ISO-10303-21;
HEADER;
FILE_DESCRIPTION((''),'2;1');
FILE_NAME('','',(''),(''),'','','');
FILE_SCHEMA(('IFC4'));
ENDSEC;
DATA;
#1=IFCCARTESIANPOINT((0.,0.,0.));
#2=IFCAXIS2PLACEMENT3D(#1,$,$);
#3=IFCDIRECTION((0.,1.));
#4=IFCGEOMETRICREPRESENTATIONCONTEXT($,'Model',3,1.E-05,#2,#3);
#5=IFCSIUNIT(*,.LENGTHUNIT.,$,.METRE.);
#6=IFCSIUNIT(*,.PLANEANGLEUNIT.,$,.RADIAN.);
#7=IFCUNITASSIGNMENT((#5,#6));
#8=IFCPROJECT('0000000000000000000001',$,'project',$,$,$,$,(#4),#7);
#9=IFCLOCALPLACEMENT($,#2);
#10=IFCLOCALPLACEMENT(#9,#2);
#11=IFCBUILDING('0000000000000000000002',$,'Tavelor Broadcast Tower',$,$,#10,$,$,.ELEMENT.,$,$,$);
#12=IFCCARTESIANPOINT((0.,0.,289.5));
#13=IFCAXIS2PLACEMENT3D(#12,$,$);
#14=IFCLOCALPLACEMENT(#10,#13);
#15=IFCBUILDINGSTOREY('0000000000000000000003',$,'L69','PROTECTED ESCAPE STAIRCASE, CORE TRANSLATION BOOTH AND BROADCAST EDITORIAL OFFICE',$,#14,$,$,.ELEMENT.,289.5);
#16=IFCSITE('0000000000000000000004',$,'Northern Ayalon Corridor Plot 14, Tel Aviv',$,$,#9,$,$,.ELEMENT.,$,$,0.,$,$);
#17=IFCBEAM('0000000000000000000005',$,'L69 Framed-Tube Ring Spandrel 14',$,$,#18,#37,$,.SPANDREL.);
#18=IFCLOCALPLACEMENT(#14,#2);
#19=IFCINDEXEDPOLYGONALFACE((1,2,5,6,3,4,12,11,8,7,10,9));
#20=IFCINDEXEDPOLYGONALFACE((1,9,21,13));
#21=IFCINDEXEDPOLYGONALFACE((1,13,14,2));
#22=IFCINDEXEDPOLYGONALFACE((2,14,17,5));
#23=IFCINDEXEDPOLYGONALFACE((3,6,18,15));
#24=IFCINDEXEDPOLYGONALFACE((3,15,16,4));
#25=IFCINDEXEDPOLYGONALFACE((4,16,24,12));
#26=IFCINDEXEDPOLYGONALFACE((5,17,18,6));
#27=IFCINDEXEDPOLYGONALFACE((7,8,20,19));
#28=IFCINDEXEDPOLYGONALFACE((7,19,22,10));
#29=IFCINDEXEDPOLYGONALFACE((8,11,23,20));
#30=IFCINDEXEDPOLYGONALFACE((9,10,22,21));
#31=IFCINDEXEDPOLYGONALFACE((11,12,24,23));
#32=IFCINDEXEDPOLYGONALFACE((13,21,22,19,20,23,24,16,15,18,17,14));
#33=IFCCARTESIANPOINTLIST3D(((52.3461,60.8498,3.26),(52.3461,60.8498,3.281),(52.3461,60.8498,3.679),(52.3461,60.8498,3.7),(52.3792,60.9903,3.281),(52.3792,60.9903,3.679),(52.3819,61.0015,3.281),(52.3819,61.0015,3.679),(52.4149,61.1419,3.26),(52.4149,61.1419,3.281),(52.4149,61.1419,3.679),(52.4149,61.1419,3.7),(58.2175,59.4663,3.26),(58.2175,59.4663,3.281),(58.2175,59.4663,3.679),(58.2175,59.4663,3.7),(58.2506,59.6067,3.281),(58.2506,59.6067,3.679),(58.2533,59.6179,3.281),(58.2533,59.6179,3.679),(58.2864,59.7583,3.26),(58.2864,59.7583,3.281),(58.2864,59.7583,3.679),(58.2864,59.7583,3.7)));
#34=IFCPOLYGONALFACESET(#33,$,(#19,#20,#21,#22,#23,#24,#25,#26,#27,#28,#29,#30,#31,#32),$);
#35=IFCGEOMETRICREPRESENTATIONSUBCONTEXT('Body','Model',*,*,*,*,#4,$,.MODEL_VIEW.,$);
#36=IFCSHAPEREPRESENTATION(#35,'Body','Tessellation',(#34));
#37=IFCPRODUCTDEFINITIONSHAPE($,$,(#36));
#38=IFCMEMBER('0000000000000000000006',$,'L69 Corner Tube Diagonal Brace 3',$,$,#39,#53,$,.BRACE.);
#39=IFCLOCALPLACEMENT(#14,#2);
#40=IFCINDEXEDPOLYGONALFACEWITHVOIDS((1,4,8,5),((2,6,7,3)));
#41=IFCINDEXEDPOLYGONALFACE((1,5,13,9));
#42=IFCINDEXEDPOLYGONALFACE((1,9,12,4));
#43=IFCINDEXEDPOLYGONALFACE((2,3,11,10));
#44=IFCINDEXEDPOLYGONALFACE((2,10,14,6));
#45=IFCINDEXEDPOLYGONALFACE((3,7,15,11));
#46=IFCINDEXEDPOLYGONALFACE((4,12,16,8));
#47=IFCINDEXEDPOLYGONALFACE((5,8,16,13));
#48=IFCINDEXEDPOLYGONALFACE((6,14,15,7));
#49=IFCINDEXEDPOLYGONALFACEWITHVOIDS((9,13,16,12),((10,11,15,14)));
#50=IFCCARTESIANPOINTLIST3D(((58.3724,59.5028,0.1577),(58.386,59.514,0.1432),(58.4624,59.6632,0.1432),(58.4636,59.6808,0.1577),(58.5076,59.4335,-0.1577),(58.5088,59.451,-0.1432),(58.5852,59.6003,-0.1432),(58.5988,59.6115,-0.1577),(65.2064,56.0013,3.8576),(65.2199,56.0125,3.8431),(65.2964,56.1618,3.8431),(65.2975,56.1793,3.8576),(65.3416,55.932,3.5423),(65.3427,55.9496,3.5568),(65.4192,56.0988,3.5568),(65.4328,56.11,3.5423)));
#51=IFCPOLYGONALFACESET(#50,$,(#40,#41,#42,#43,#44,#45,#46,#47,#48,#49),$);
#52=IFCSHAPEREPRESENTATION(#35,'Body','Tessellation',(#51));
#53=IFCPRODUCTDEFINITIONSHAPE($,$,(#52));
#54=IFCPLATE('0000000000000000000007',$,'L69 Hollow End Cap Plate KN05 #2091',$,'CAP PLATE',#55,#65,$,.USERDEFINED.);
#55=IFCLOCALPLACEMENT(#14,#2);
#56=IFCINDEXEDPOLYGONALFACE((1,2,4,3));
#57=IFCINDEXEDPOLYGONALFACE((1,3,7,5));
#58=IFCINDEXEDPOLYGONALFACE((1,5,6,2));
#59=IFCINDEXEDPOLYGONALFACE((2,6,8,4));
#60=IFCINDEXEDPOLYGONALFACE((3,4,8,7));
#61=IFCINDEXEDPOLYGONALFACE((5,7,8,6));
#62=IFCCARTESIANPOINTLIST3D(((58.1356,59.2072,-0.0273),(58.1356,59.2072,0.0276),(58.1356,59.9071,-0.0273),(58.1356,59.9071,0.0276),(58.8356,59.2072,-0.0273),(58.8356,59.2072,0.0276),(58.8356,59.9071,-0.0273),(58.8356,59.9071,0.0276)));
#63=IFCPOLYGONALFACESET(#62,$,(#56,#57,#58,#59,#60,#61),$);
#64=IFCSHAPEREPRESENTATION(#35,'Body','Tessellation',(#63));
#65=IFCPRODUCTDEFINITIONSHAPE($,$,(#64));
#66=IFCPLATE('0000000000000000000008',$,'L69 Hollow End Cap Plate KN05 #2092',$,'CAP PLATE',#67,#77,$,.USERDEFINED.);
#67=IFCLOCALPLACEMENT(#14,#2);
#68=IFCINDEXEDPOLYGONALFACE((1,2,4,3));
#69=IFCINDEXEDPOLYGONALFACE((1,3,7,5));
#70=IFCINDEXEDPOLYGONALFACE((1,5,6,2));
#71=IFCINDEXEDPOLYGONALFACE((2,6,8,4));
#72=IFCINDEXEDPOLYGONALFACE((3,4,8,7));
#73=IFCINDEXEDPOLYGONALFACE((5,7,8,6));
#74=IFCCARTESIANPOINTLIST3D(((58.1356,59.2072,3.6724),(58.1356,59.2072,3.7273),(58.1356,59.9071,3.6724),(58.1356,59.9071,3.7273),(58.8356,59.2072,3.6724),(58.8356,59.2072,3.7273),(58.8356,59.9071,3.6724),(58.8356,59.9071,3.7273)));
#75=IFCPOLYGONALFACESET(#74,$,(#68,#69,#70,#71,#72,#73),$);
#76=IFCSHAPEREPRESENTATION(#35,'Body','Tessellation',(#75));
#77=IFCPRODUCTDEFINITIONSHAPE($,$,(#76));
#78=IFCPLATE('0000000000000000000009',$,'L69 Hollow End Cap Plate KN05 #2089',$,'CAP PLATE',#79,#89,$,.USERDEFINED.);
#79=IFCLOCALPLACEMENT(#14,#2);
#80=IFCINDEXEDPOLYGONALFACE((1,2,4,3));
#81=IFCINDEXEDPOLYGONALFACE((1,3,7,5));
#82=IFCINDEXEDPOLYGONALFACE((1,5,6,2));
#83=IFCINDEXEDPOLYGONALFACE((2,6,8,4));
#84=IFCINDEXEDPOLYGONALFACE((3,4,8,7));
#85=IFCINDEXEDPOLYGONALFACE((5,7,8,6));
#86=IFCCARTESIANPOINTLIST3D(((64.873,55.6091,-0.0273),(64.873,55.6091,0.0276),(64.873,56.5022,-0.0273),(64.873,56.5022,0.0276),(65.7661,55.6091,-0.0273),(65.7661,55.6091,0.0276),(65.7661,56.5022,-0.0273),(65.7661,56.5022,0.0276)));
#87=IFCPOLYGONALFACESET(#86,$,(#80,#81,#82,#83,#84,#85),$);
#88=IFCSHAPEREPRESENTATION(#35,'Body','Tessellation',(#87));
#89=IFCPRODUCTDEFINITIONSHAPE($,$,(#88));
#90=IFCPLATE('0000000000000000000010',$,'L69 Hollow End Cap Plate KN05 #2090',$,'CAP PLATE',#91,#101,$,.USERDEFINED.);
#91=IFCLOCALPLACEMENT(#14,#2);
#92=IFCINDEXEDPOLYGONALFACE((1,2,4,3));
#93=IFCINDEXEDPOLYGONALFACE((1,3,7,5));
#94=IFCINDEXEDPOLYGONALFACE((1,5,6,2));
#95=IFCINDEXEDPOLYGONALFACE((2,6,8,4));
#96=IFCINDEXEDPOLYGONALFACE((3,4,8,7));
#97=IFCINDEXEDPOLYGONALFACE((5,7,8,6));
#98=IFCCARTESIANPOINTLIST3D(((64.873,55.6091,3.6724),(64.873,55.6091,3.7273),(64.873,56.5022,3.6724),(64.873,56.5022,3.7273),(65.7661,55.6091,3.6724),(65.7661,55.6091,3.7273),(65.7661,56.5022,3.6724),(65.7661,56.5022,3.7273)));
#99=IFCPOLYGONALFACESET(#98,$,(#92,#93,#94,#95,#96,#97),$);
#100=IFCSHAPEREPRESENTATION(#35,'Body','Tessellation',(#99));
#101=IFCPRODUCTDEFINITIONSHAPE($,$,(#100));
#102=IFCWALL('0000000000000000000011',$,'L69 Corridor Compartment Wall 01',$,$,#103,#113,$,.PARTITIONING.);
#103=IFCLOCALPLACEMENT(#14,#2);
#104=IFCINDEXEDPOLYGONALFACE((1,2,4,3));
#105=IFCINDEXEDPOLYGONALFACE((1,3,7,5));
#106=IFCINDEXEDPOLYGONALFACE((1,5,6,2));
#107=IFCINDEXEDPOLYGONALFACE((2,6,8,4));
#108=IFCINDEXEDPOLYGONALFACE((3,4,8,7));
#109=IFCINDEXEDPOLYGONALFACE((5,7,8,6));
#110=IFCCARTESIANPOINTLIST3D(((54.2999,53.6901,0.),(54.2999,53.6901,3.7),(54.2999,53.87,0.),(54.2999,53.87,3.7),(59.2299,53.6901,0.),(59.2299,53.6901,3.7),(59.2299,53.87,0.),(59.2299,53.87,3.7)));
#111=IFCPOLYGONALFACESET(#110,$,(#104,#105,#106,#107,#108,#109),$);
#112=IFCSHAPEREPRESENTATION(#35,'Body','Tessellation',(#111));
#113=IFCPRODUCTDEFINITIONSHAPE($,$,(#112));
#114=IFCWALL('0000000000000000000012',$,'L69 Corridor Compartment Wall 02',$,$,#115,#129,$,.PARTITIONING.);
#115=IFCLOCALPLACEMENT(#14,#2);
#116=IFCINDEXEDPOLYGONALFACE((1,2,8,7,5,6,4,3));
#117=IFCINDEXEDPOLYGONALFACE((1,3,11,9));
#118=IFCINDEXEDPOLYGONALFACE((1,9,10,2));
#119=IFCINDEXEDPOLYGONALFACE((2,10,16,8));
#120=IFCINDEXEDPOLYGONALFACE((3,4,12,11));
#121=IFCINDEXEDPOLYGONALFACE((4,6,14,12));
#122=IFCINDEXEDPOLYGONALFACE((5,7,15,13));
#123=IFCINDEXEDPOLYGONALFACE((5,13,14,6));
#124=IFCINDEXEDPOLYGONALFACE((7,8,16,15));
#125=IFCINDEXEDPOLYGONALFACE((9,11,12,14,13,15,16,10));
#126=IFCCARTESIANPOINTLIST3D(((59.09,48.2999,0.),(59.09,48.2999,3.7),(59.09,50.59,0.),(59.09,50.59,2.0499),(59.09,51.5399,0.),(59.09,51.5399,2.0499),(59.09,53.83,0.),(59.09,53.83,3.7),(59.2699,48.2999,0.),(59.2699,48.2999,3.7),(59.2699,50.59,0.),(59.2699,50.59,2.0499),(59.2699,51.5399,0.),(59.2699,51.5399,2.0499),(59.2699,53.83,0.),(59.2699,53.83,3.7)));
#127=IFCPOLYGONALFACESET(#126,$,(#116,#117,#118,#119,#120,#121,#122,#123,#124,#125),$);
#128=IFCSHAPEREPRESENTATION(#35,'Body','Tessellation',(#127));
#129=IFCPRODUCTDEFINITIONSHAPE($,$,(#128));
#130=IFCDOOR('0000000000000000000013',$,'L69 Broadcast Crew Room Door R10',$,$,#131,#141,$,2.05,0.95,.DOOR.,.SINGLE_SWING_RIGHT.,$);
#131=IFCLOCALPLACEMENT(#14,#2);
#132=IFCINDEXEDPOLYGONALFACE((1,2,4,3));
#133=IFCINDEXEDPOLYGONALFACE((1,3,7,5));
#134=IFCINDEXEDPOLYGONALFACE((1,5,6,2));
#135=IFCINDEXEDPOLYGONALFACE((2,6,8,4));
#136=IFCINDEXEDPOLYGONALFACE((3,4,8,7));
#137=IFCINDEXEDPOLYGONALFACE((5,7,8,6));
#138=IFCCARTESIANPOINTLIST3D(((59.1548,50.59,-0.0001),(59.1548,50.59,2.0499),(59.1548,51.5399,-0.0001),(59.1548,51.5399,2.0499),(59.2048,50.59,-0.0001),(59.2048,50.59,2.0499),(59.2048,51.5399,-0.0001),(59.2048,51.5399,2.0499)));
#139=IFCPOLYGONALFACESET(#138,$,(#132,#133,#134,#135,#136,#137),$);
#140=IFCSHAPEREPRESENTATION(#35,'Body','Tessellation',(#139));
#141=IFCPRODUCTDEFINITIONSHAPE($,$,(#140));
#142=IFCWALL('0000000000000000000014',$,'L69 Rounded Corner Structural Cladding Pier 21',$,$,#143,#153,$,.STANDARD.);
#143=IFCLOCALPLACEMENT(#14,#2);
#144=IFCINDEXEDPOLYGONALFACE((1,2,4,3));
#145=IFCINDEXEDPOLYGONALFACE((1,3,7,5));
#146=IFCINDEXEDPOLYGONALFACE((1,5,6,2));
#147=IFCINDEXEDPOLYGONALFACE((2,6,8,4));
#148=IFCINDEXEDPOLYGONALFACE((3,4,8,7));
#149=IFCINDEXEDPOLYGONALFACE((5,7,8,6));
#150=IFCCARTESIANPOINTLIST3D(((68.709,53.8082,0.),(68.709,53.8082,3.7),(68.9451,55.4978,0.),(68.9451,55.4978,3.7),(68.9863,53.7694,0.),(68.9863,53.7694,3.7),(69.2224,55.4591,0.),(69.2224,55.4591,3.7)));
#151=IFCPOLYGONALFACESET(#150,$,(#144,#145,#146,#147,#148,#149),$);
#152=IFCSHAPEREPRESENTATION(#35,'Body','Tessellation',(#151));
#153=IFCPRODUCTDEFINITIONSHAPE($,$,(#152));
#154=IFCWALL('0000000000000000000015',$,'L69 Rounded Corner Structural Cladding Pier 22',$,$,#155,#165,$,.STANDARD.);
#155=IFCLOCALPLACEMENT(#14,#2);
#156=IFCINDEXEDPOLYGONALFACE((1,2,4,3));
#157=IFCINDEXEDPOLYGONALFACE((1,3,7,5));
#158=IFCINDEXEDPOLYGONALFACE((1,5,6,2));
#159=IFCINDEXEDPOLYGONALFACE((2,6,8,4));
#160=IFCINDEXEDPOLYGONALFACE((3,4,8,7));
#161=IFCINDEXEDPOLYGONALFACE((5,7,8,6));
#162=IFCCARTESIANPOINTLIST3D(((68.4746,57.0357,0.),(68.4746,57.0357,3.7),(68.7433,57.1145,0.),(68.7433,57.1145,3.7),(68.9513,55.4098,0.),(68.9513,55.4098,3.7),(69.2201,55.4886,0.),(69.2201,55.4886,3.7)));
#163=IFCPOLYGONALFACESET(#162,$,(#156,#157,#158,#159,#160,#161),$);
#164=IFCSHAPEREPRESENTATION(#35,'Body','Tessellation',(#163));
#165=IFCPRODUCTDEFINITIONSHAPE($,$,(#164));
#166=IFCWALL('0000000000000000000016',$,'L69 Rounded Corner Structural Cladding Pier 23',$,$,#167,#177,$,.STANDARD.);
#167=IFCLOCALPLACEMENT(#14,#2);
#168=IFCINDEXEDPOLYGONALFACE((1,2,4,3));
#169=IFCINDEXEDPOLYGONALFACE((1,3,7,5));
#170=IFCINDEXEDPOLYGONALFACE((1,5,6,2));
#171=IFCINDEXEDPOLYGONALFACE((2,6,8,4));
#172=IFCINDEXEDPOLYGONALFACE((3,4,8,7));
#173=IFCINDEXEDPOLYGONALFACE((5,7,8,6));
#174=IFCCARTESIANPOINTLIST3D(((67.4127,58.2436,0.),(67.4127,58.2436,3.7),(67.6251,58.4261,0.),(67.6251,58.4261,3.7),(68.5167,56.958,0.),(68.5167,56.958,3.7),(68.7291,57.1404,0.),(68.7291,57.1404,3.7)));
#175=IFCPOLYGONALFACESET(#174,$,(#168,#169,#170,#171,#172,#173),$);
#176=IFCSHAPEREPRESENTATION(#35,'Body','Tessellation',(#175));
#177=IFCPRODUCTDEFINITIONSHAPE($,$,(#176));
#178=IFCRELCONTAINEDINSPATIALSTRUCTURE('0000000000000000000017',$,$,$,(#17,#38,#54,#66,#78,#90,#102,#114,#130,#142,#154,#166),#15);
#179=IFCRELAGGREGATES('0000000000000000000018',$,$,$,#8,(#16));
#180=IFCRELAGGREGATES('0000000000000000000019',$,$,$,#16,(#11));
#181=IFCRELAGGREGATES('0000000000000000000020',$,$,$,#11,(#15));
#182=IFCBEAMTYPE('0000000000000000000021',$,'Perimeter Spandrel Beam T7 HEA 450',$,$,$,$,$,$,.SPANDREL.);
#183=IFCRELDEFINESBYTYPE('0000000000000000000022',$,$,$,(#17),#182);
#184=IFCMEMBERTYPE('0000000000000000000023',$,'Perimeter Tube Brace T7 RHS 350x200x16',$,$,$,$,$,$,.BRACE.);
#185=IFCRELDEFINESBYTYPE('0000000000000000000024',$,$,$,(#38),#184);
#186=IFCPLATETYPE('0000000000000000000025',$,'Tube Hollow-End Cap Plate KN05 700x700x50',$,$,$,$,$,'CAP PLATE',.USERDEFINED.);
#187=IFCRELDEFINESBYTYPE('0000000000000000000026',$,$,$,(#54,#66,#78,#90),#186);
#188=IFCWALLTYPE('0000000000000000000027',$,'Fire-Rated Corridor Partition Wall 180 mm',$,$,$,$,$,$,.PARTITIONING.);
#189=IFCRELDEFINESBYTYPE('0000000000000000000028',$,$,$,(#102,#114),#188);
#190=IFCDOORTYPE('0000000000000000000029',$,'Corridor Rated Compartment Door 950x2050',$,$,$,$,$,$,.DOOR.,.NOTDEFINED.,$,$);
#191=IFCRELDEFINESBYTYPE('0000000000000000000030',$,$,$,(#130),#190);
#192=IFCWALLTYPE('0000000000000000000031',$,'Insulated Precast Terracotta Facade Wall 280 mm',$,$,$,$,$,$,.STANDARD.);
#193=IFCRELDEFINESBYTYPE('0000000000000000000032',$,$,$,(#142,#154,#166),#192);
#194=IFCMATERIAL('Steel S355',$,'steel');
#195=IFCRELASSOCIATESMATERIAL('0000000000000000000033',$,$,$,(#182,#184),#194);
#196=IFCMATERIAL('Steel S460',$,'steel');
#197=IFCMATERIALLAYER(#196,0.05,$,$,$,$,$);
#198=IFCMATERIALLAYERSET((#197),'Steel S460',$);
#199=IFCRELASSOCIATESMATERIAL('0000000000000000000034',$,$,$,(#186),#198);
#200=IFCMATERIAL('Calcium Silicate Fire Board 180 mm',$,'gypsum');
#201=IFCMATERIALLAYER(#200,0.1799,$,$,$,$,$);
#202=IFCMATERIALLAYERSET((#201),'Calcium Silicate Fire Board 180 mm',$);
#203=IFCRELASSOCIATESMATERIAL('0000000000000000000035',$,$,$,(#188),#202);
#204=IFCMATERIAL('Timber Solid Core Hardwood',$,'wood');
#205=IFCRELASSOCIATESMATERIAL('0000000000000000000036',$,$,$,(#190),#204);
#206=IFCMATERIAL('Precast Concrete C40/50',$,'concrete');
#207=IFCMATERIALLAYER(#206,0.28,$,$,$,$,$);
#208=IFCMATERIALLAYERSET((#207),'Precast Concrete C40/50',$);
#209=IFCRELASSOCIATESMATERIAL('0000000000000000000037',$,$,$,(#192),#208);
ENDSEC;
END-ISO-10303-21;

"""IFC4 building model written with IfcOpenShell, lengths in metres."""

from ifc_helpers import new_model, si_unit, direction, frame, frame_2d, origin, origin_2d, place, context, subcontext, project, spatial, rectangle, hollow_rectangle, i_section, extrude, source, transform, mapped, material, layer, layer_set, material_profile, profile_set, type_object, type_shapes, element, fill, save


model = new_model("IFC4")

# Units and contexts
model_context = context("Model", 3, precision=1e-05, world=origin(), true_north=direction((0.0, 1.0)))
body_context = subcontext(model_context, "Body", "Model", "MODEL_VIEW")
ifc_project = project(units=[si_unit("LENGTHUNIT", "METRE"), si_unit("PLANEANGLEUNIT", "RADIAN")], contexts=[model_context])

# Site, building, storey
site_placement = place(None, origin())
site = spatial("IfcSite", under=ifc_project, at=site_placement, Name="Northern Ayalon Corridor Plot 14, Tel Aviv", CompositionType="ELEMENT", RefElevation=0.0)
building_placement = place(site_placement, origin())
building = spatial("IfcBuilding", under=site, at=building_placement, Name="Tavelor Broadcast Tower", CompositionType="ELEMENT")
storey_placement = place(building_placement, frame((0.0, 0.0, 289.5)))
storey = spatial("IfcBuildingStorey", under=building, at=storey_placement, Name="L69", Description="PROTECTED ESCAPE STAIRCASE, CORE TRANSLATION BOOTH AND BROADCAST EDITORIAL OFFICE", CompositionType="ELEMENT", Elevation=289.5)

# Shared definitions
ifc_material_1 = material(Name="Steel S460", Category="steel")

# Beam
ifc_material_2 = material(Name="Steel S355", Category="steel")
ifc_material_profile_1 = material_profile(ifc_material_2, i_section(OverallWidth=0.3, OverallDepth=0.4399, WebThickness=0.0115, FlangeThickness=0.021, at=origin_2d()), Name="HEA 450")
ifc_profile_set_1 = profile_set([ifc_material_profile_1], Name="Steel S355")
beam_type_1 = type_object("IfcBeamType", Name="Perimeter Spandrel Beam T7 HEA 450", PredefinedType="SPANDREL", material=ifc_profile_set_1)
beam_1_placement = place(storey_placement, frame((58.252, 59.6123, 3.48), z_axis=(-0.973341, 0.229362, 0.0), x_axis=(-0.229362, -0.973341, 0.0)))
element("IfcBeam", 1, at=beam_1_placement, inside=storey, type_object=beam_type_1, Name="L69 Framed-Tube Ring Spandrel 14", PredefinedType="SPANDREL", context=body_context, shape_type="SweptSolid", body=[
    extrude(i_section(OverallWidth=0.3, OverallDepth=0.4399, WebThickness=0.0115, FlangeThickness=0.021, at=origin_2d()), origin(), (0.0, 0.0, 1.0), 6.0322),
])

# Member
ifc_material_profile_2 = material_profile(ifc_material_2, hollow_rectangle(XDim=0.2, YDim=0.3501, WallThickness=0.0161, at=origin_2d()), Name="RHS 350x200x16")
ifc_profile_set_2 = profile_set([ifc_material_profile_2], Name="Steel S355")
member_type = type_object("IfcMemberType", Name="Perimeter Tube Brace T7 RHS 350x200x16", PredefinedType="BRACE", material=ifc_profile_set_2)
member_placement = place(storey_placement, frame((58.4856, 59.5571, 0.0), z_axis=(0.801764, -0.410792, 0.434079), x_axis=(0.455993, 0.889984, 0.0)))
element("IfcMember", 2, at=member_placement, inside=storey, type_object=member_type, Name="L69 Corner Tube Diagonal Brace 3", PredefinedType="BRACE", context=body_context, shape_type="SweptSolid", body=[
    extrude(hollow_rectangle(XDim=0.2, YDim=0.3501, WallThickness=0.0161, at=origin_2d()), origin(), (0.0, 0.0, 1.0), 8.5237),
])

# Plates
ifc_layer_1 = layer(ifc_material_1, 0.05)
ifc_layer_set_1 = layer_set([ifc_layer_1], Name="Steel S460")
plate_type = type_object("IfcPlateType", Name="Tube Hollow-End Cap Plate KN05 700x700x50", ElementType="CAP PLATE", PredefinedType="USERDEFINED", material=ifc_layer_set_1)
shared_shape_1 = source(origin(), body_context, "Body", "SweptSolid", [
    extrude(rectangle(XDim=0.7, YDim=0.7, at=origin_2d()), origin(), (0.0, 0.0, 1.0), 0.0549),
])
for number, where, z_axis, x_axis, name in (
    (3, (58.4856, 59.5571, -0.0273), (0.0, 0.0, 1.0), (1.0, 0.0, 0.0), "L69 Hollow End Cap Plate KN05 #2091"),
    (4, (58.4856, 59.5571, 3.6724), (0.0, 0.0, 1.0), (1.0, 0.0, 0.0), "L69 Hollow End Cap Plate KN05 #2092"),
):
    element("IfcPlate", number, at=place(storey_placement, frame(where, z_axis=z_axis, x_axis=x_axis)), inside=storey, type_object=plate_type, Name=name, ObjectType="CAP PLATE", PredefinedType="USERDEFINED", context=body_context, shape_type="MappedRepresentation", body=[
        mapped(shared_shape_1, transform((0.0, 0.0, 0.0), scale=1.0)),
    ])
shared_shape_2 = source(origin(), body_context, "Body", "SweptSolid", [
    extrude(rectangle(XDim=0.8931, YDim=0.8931, at=origin_2d()), origin(), (0.0, 0.0, 1.0), 0.0549),
])
type_shapes(plate_type, [shared_shape_1, shared_shape_2])
for number, where, z_axis, x_axis, name in (
    (5, (65.3196, 56.0557, -0.0273), (0.0, 0.0, 1.0), (1.0, 0.0, 0.0), "L69 Hollow End Cap Plate KN05 #2089"),
    (6, (65.3196, 56.0557, 3.6724), (0.0, 0.0, 1.0), (1.0, 0.0, 0.0), "L69 Hollow End Cap Plate KN05 #2090"),
):
    element("IfcPlate", number, at=place(storey_placement, frame(where, z_axis=z_axis, x_axis=x_axis)), inside=storey, type_object=plate_type, Name=name, ObjectType="CAP PLATE", PredefinedType="USERDEFINED", context=body_context, shape_type="MappedRepresentation", body=[
        mapped(shared_shape_2, transform((0.0, 0.0, 0.0), scale=1.0)),
    ])

# Wall
ifc_material_3 = material(Name="Calcium Silicate Fire Board 180 mm", Category="gypsum")
ifc_layer_2 = layer(ifc_material_3, 0.1799)
ifc_layer_set_2 = layer_set([ifc_layer_2], Name="Calcium Silicate Fire Board 180 mm")
wall_type_1 = type_object("IfcWallType", Name="Fire-Rated Corridor Partition Wall 180 mm", PredefinedType="PARTITIONING", material=ifc_layer_set_2)
wall_1_placement = place(storey_placement, frame((54.3, 53.78, 0.0), z_axis=(0.0, 0.0, 1.0), x_axis=(1.0, 0.0, 0.0)))
element("IfcWall", 7, at=wall_1_placement, inside=storey, type_object=wall_type_1, Name="L69 Corridor Compartment Wall 01", PredefinedType="PARTITIONING", context=body_context, shape_type="SweptSolid", body=[
    extrude(rectangle(XDim=4.9299, YDim=0.1799, at=frame_2d((2.4648, 0.0))), origin(), (0.0, 0.0, 1.0), 3.7),
])

# Wall, opening, door
wall_2_placement = place(storey_placement, frame((59.1799, 53.8301, 0.0), z_axis=(0.0, 0.0, 1.0), x_axis=(0.0, -1.0, 0.0)))
wall_2 = element("IfcWall", 8, at=wall_2_placement, inside=storey, type_object=wall_type_1, Name="L69 Corridor Compartment Wall 02", PredefinedType="PARTITIONING", context=body_context, shape_type="SweptSolid", body=[
    extrude(rectangle(XDim=5.53, YDim=0.1799, at=frame_2d((2.7651, 0.0))), origin(), (0.0, 0.0, 1.0), 3.7),
])
opening_1_placement = place(wall_2_placement, frame((2.29, 0.0, 0.0)))
opening_1 = element("IfcOpeningElement", 9, at=opening_1_placement, cuts=wall_2, PredefinedType="OPENING", context=body_context, shape_type="SweptSolid", body=[
    extrude(rectangle(XDim=0.95, YDim=2.05, at=frame_2d((0.4751, 1.0249))), frame((0.0, 0.1001, 0.0), z_axis=(0.0, -1.0, 0.0), x_axis=(1.0, 0.0, 0.0)), (0.0, 0.0, 1.0), 0.2),
])
ifc_material_4 = material(Name="Timber Solid Core Hardwood", Category="wood")
door_type = type_object("IfcDoorType", Name="Corridor Rated Compartment Door 950x2050", OperationType="NOTDEFINED", PredefinedType="DOOR", material=ifc_material_4)
door_1_placement = place(opening_1_placement, origin())
door_1 = element("IfcDoor", 10, at=door_1_placement, inside=storey, type_object=door_type, Name="L69 Broadcast Crew Room Door R10", OperationType="SINGLE_SWING_RIGHT", OverallHeight=2.05, OverallWidth=0.95, PredefinedType="DOOR", context=body_context, shape_type="SweptSolid", body=[
    extrude(rectangle(XDim=0.95, YDim=2.05, at=frame_2d((0.4751, 1.0249))), frame((0.0, 0.0249, 0.0), z_axis=(0.0, -1.0, 0.0), x_axis=(1.0, 0.0, 0.0)), (0.0, 0.0, 1.0), 0.05),
])
fill(opening_1, door_1)

# Walls
ifc_material_5 = material(Name="Precast Concrete C40/50", Category="concrete")
ifc_layer_3 = layer(ifc_material_5, 0.28)
ifc_layer_set_3 = layer_set([ifc_layer_3], Name="Precast Concrete C40/50")
wall_type_2 = type_object("IfcWallType", Name="Insulated Precast Terracotta Facade Wall 280 mm", PredefinedType="STANDARD", material=ifc_layer_set_3)
wall_3_placement = place(storey_placement, frame((68.8477, 53.7888, 0.0), z_axis=(0.0, 0.0, 1.0), x_axis=(0.138376, 0.99038, 0.0)))
element("IfcWall", 11, at=wall_3_placement, inside=storey, type_object=wall_type_2, Name="L69 Rounded Corner Structural Cladding Pier 21", PredefinedType="STANDARD", context=body_context, shape_type="SweptSolid", body=[
    extrude(rectangle(XDim=1.7061, YDim=0.28, at=frame_2d((0.853, 0.0))), origin(), (0.0, 0.0, 1.0), 3.7),
])
wall_4_placement = place(storey_placement, frame((69.0857, 55.4492, 0.0), z_axis=(0.0, 0.0, 1.0), x_axis=(-0.281394, 0.959592, 0.0)))
element("IfcWall", 12, at=wall_4_placement, inside=storey, type_object=wall_type_2, Name="L69 Rounded Corner Structural Cladding Pier 22", PredefinedType="STANDARD", context=body_context, shape_type="SweptSolid", body=[
    extrude(rectangle(XDim=1.6943, YDim=0.28, at=frame_2d((0.8472, 0.0))), origin(), (0.0, 0.0, 1.0), 3.7),
])
wall_5_placement = place(storey_placement, frame((68.6228, 57.0493, 0.0), z_axis=(0.0, 0.0, 1.0), x_axis=(-0.651479, 0.758666, 0.0)))
element("IfcWall", 13, at=wall_5_placement, inside=storey, type_object=wall_type_2, Name="L69 Rounded Corner Structural Cladding Pier 23", PredefinedType="STANDARD", context=body_context, shape_type="SweptSolid", body=[
    extrude(rectangle(XDim=1.6946, YDim=0.28, at=frame_2d((0.8472, 0.0))), origin(), (0.0, 0.0, 1.0), 3.7),
])

save(model, "model.ifc")
